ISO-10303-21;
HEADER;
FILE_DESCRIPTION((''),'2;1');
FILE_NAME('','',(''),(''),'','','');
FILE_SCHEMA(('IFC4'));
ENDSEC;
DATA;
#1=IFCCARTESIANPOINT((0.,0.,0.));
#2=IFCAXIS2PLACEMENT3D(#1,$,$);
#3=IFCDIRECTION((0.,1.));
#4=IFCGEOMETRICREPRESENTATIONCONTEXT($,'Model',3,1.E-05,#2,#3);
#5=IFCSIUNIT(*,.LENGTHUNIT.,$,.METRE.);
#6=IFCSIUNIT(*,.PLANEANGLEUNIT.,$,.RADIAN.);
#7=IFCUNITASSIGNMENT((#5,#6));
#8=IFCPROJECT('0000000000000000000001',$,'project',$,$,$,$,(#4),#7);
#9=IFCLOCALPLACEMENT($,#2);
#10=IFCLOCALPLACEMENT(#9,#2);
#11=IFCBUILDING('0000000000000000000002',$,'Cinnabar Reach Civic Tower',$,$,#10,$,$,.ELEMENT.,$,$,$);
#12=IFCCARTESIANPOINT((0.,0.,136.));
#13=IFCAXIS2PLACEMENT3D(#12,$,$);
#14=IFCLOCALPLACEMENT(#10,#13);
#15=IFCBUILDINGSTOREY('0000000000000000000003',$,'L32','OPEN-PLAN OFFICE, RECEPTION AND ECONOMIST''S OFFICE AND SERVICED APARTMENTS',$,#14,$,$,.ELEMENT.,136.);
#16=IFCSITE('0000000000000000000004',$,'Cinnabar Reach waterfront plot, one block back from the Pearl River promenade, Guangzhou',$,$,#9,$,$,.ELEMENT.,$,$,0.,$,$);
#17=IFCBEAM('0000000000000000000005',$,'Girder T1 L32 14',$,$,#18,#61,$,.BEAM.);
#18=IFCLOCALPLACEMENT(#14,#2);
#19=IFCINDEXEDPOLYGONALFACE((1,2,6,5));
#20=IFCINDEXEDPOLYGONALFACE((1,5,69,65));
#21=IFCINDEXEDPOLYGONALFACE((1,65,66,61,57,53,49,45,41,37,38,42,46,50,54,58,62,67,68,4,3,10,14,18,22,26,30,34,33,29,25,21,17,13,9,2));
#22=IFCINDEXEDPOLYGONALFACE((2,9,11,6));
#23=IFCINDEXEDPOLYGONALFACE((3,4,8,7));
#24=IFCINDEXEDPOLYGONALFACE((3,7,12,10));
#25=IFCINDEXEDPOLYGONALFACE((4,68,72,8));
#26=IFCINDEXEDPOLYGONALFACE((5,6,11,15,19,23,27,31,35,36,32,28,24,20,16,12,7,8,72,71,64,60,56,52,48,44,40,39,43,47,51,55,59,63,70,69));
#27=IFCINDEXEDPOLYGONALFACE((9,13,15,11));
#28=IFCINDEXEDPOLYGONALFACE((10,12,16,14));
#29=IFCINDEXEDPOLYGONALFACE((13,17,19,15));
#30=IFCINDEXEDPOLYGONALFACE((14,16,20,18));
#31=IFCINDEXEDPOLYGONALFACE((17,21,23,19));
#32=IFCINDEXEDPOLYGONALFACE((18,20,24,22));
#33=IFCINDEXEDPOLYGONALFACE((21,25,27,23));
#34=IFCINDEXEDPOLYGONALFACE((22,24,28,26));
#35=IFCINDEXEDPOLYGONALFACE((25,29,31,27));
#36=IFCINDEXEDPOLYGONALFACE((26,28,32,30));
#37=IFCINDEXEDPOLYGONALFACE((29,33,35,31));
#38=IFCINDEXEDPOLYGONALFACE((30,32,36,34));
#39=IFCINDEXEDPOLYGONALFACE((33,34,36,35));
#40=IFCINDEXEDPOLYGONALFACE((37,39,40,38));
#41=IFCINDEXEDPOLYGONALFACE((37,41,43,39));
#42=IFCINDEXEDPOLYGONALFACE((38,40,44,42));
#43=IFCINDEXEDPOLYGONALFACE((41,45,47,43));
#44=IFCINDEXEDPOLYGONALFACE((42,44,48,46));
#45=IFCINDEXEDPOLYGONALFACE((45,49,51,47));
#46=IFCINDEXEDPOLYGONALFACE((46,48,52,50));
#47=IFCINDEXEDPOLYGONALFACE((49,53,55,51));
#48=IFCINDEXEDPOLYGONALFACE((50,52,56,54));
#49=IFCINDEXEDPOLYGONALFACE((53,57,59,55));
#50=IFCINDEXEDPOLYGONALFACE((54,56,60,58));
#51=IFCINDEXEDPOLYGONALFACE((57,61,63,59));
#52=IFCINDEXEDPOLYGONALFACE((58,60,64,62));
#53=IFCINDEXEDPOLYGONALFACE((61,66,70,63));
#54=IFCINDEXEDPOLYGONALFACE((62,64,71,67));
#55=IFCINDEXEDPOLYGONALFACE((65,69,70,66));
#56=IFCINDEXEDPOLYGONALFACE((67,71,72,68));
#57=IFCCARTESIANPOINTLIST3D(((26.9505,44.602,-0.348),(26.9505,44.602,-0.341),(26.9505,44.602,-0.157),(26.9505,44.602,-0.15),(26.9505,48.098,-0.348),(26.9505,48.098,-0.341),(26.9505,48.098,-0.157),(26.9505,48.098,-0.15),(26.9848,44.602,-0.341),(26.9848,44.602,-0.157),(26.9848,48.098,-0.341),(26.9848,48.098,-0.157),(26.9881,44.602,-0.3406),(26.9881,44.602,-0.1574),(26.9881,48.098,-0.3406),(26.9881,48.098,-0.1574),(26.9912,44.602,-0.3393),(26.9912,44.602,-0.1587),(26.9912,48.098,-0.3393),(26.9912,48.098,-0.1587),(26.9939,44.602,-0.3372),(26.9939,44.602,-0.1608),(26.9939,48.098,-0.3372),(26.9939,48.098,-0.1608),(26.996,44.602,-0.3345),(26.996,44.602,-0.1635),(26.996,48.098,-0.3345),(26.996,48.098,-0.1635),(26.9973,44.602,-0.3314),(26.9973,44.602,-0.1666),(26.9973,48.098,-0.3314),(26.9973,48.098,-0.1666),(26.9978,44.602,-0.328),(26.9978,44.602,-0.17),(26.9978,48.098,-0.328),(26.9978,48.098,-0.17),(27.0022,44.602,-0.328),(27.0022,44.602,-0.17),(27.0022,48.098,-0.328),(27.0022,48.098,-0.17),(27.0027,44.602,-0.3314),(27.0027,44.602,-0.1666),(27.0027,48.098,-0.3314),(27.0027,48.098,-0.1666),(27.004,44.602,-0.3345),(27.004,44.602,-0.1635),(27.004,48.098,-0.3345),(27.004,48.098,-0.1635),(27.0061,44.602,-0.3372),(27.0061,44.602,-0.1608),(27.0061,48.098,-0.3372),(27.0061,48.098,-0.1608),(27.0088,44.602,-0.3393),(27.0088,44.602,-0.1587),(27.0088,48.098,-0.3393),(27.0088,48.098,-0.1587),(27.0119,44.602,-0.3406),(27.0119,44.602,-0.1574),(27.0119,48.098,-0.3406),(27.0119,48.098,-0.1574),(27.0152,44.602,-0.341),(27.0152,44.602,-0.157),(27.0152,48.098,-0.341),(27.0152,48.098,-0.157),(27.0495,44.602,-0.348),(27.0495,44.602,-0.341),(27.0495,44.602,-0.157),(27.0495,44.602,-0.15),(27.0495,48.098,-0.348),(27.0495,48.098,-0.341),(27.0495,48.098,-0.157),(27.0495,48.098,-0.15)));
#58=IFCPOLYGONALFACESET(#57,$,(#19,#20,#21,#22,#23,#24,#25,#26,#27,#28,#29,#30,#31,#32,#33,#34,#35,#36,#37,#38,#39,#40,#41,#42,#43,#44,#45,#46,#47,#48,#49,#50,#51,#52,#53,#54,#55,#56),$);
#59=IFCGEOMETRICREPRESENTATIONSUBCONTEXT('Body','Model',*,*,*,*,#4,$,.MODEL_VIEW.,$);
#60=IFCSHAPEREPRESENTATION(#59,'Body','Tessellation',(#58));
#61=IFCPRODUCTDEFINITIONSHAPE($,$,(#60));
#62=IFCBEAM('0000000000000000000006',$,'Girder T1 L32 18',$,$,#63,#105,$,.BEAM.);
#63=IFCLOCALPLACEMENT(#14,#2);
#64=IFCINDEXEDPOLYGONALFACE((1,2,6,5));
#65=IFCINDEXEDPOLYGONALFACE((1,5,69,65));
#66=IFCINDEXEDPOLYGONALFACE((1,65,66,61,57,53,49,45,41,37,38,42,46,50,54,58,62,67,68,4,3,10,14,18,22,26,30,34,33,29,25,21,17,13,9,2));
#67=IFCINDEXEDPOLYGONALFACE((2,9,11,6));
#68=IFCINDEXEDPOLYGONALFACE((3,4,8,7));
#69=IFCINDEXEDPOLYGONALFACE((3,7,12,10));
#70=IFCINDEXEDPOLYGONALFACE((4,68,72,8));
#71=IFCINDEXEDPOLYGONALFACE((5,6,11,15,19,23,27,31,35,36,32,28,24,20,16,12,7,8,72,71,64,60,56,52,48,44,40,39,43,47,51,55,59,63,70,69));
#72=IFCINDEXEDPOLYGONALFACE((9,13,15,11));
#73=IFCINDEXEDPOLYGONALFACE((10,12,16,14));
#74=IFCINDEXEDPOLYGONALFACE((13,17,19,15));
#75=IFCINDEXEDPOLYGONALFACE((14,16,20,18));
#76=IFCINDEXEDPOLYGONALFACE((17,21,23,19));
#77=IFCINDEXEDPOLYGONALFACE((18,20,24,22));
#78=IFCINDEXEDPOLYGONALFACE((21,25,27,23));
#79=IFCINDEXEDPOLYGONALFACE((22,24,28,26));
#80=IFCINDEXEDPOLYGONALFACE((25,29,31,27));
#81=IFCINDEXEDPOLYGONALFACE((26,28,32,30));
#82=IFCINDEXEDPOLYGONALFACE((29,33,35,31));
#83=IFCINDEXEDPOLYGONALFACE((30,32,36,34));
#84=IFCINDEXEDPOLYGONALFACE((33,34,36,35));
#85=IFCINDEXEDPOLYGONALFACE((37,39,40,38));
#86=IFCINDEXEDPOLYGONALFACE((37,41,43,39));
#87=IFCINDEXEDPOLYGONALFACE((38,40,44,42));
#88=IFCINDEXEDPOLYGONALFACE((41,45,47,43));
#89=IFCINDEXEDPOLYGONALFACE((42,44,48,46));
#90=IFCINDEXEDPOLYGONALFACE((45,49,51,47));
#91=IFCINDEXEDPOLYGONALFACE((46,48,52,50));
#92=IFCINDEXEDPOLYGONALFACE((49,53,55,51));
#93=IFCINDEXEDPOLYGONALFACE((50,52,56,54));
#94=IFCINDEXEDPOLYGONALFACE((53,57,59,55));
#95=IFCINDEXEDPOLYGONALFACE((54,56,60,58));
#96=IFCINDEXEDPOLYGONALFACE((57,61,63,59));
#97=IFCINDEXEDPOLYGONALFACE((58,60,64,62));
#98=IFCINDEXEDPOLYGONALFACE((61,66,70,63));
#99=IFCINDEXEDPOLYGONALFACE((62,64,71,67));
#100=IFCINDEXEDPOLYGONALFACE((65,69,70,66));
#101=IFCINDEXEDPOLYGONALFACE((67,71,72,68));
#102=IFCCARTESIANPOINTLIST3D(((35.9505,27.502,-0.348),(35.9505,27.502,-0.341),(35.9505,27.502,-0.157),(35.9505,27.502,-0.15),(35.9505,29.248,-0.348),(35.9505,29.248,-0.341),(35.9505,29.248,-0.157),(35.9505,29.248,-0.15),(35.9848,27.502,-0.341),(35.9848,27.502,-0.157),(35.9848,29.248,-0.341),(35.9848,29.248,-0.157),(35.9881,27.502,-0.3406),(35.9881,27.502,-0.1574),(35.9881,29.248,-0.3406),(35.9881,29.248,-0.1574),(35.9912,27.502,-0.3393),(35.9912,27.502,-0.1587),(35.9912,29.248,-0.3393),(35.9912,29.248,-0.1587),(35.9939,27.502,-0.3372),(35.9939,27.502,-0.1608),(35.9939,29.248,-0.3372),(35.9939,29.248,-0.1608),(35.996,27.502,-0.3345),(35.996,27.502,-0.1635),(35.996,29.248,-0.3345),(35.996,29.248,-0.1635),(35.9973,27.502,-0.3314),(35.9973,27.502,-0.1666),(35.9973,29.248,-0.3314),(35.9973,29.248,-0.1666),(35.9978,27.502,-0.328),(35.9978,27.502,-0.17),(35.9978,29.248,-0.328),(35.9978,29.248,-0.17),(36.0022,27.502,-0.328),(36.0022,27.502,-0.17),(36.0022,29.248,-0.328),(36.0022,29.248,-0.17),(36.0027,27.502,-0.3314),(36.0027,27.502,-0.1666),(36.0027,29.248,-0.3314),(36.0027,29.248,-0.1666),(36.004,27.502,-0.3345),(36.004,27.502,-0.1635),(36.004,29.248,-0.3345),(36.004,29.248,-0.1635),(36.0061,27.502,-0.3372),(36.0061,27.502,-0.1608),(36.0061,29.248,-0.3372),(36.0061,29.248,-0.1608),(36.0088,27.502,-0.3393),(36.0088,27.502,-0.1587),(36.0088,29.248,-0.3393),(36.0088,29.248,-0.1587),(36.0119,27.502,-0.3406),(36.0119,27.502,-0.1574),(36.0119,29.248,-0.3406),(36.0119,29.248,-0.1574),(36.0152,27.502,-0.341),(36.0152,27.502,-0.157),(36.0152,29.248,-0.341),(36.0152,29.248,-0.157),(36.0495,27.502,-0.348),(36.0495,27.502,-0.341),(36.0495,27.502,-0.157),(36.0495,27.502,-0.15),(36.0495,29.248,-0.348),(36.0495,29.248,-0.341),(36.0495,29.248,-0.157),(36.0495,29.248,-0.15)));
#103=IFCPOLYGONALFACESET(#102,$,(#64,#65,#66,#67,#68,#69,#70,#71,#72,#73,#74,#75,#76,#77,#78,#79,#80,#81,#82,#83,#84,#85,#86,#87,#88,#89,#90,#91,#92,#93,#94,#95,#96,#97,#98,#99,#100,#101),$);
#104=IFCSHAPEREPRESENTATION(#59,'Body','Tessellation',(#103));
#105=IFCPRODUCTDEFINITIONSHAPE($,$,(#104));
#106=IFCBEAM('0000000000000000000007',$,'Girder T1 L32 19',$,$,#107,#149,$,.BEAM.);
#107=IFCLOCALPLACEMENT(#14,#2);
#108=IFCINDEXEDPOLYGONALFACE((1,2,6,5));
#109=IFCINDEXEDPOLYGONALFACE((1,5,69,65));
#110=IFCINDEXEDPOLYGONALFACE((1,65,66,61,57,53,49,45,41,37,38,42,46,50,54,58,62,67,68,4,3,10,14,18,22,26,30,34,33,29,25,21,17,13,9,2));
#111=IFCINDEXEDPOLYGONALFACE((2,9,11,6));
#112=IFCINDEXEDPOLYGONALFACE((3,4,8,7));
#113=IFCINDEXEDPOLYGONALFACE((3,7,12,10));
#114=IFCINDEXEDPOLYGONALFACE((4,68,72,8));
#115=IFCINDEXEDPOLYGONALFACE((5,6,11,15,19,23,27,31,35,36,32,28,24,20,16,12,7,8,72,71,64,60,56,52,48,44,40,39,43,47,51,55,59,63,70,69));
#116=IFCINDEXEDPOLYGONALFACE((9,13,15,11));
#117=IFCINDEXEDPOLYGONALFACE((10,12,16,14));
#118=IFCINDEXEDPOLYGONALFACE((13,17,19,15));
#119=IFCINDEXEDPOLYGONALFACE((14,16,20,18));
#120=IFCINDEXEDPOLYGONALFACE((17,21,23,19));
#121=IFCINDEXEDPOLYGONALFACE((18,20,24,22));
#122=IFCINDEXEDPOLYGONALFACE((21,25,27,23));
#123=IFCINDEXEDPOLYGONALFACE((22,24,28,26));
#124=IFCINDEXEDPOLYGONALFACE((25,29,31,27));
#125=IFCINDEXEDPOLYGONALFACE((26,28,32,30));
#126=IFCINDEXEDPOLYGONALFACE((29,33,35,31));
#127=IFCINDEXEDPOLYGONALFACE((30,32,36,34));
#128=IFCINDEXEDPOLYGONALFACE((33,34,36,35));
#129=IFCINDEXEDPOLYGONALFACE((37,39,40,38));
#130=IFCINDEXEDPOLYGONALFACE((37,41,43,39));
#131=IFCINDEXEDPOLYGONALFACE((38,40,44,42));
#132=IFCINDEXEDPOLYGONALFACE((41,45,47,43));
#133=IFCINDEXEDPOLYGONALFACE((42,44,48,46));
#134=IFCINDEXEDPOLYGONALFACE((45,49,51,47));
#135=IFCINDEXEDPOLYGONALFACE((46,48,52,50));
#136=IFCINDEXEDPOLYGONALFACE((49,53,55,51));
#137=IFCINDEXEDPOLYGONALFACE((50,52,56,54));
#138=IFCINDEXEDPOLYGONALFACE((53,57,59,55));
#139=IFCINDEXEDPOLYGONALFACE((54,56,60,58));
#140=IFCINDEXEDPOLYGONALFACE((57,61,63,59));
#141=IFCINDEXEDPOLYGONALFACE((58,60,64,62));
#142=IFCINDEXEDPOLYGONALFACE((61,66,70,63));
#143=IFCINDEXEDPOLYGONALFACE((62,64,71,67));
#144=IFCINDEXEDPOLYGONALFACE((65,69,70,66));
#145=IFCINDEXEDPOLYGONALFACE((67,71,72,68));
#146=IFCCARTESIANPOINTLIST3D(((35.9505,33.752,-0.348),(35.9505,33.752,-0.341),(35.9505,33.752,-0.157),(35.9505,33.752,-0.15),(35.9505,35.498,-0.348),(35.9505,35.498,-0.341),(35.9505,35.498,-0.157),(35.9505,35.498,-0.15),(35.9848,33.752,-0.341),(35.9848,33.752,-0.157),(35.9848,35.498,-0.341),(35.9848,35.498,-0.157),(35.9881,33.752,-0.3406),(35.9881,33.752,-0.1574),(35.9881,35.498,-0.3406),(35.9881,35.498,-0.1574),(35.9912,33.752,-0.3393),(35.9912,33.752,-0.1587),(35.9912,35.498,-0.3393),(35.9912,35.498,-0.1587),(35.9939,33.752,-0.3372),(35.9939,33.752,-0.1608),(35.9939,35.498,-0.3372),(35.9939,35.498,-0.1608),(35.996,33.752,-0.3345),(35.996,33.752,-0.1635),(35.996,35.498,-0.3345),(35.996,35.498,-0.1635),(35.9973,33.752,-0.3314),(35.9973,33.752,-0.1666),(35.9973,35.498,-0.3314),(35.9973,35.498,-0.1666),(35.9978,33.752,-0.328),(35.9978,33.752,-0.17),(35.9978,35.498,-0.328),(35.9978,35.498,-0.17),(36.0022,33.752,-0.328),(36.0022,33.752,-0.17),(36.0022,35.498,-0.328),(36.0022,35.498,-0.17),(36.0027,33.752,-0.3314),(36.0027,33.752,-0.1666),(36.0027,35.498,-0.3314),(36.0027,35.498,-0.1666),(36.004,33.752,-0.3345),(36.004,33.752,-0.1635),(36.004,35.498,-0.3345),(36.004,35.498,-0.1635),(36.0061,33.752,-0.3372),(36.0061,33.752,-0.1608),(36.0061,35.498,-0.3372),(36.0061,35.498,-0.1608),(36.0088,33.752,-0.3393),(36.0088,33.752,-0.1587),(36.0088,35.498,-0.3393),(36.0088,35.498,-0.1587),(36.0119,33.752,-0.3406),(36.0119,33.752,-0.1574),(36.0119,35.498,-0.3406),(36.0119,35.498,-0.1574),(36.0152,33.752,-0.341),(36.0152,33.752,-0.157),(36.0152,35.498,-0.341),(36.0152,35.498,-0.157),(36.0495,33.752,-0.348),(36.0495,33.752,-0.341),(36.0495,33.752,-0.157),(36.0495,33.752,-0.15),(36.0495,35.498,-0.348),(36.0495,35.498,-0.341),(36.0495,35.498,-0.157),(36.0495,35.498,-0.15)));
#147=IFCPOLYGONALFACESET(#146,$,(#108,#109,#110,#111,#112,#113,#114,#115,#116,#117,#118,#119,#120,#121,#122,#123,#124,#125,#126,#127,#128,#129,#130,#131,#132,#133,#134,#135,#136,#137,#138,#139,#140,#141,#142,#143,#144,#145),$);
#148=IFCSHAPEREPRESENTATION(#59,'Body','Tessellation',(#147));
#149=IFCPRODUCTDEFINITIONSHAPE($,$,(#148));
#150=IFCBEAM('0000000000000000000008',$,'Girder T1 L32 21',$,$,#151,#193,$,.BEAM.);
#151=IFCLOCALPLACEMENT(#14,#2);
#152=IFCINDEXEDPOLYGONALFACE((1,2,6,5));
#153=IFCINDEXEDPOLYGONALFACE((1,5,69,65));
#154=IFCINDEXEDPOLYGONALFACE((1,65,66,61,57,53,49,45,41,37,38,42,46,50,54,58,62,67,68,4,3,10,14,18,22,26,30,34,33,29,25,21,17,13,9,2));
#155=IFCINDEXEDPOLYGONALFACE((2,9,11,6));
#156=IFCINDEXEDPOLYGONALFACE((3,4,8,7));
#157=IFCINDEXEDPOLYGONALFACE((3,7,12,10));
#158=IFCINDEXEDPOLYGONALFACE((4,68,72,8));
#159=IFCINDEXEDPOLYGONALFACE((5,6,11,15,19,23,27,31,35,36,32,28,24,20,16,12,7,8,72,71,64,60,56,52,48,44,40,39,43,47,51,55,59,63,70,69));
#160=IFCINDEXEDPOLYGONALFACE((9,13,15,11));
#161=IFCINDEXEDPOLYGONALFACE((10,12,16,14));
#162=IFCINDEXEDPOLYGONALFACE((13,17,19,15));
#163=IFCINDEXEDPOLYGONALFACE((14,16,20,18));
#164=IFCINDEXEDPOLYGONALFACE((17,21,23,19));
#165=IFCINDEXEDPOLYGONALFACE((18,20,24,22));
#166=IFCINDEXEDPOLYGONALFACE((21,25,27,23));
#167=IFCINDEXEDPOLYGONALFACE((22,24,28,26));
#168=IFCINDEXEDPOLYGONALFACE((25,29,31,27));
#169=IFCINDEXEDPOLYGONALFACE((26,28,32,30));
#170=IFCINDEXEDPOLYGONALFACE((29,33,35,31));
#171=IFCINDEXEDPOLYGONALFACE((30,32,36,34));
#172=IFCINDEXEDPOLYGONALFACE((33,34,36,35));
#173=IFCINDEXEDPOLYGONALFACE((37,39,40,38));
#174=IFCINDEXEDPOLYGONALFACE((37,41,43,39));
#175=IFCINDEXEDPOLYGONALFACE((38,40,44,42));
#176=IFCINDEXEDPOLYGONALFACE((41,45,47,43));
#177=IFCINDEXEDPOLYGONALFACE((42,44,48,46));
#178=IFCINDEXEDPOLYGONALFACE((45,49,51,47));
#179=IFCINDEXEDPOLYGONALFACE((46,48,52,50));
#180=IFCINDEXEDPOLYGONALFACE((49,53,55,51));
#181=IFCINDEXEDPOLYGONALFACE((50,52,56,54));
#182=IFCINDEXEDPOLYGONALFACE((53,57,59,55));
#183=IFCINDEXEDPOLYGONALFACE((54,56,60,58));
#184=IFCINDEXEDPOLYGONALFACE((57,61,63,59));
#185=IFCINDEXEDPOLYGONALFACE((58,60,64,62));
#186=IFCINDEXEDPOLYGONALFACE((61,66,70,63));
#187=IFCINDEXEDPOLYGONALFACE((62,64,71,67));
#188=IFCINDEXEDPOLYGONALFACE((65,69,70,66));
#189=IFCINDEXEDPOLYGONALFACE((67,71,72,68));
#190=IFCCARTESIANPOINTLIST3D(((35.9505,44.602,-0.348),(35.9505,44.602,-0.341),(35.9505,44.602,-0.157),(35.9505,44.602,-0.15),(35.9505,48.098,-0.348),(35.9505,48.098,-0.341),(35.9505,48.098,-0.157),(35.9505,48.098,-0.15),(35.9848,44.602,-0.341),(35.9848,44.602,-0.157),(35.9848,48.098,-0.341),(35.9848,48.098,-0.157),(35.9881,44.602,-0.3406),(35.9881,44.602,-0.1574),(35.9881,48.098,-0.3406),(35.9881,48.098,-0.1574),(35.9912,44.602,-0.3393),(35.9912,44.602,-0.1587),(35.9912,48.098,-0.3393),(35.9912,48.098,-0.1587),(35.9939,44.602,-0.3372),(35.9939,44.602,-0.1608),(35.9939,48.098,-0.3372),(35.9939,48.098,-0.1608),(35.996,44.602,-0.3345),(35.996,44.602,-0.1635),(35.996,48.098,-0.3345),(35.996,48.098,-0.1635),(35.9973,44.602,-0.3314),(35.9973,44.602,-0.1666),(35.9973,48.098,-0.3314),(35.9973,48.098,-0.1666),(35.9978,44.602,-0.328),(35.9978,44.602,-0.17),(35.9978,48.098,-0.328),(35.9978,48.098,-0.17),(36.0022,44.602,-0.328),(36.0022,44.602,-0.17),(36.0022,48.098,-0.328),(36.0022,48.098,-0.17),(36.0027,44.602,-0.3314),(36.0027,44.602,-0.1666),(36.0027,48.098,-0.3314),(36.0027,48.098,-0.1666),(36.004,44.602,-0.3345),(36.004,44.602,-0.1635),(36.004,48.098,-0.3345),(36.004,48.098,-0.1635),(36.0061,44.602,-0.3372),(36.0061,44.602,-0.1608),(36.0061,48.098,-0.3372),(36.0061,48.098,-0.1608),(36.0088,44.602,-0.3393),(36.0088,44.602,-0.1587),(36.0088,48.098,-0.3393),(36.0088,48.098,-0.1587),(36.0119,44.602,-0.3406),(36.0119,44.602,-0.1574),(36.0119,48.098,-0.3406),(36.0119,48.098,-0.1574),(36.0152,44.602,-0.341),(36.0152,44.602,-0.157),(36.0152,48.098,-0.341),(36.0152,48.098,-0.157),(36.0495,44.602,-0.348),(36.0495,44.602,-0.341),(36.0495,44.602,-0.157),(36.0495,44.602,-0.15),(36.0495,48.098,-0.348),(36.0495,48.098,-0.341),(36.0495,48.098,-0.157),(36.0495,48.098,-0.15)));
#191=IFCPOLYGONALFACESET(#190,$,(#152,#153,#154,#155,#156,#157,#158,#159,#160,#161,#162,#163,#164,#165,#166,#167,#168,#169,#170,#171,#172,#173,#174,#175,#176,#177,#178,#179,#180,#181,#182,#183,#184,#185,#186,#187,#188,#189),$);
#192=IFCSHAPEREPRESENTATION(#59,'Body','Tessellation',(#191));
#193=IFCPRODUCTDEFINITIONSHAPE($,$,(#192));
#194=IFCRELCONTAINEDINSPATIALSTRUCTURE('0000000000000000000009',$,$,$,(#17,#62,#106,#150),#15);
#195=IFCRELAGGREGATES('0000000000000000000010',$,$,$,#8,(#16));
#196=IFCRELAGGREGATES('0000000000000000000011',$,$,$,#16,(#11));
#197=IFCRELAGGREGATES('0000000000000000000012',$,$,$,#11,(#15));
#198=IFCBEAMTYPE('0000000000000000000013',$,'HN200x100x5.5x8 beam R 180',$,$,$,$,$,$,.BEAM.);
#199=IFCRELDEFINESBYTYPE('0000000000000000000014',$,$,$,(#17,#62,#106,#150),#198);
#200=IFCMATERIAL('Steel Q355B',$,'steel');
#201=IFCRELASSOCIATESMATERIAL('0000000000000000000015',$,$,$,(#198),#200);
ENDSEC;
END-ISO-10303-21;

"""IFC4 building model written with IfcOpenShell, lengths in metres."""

from ifc_helpers import new_model, si_unit, direction, frame, origin, origin_2d, place, context, subcontext, project, spatial, i_section, extrude, material, material_profile, profile_set, type_object, element, save


model = new_model("IFC4")

# Units and contexts
model_context = context("Model", 3, precision=1e-05, world=origin(), true_north=direction((0.0, 1.0)))
body_context = subcontext(model_context, "Body", "Model", "MODEL_VIEW")
ifc_project = project(units=[si_unit("LENGTHUNIT", "METRE"), si_unit("PLANEANGLEUNIT", "RADIAN")], contexts=[model_context])

# Site, building, storey
site_placement = place(None, origin())
site = spatial("IfcSite", under=ifc_project, at=site_placement, Name="Cinnabar Reach waterfront plot, one block back from the Pearl River promenade, Guangzhou", CompositionType="ELEMENT", RefElevation=0.0)
building_placement = place(site_placement, origin())
building = spatial("IfcBuilding", under=site, at=building_placement, Name="Cinnabar Reach Civic Tower", CompositionType="ELEMENT")
storey_placement = place(building_placement, frame((0.0, 0.0, 136.0)))
storey = spatial("IfcBuildingStorey", under=building, at=storey_placement, Name="L32", Description="OPEN-PLAN OFFICE, RECEPTION AND ECONOMIST'S OFFICE AND SERVICED APARTMENTS", CompositionType="ELEMENT", Elevation=136.0)

# Beams
ifc_material_1 = material(Name="Steel Q355B", Category="steel")
ifc_material_profile_1 = material_profile(ifc_material_1, i_section(OverallWidth=0.099, OverallDepth=0.198, WebThickness=0.0045, FlangeThickness=0.007, FilletRadius=0.013, at=origin_2d()), Name="HN200x100x5.5x8")
ifc_profile_set_1 = profile_set([ifc_material_profile_1], Name="Steel Q355B")
beam_type_1 = type_object("IfcBeamType", Name="HN200x100x5.5x8 beam R 180", PredefinedType="BEAM", material=ifc_profile_set_1)
beam_1_placement = place(storey_placement, frame((27.0, 44.602, -0.249), z_axis=(0.0, 1.0, 0.0), x_axis=(-1.0, 0.0, 0.0)))
element("IfcBeam", 1, at=beam_1_placement, inside=storey, type_object=beam_type_1, Name="Girder T1 L32 14", PredefinedType="BEAM", context=body_context, shape_type="SweptSolid", body=[
    extrude(i_section(OverallWidth=0.099, OverallDepth=0.198, WebThickness=0.0045, FlangeThickness=0.007, FilletRadius=0.013, at=origin_2d()), origin(), (0.0, 0.0, 1.0), 3.496),
])
for number, where, z_axis, x_axis, name in (
    (2, (36.0, 27.502, -0.249), (0.0, 1.0, 0.0), (-1.0, 0.0, 0.0), "Girder T1 L32 18"),
    (3, (36.0, 33.752, -0.249), (0.0, 1.0, 0.0), (-1.0, 0.0, 0.0), "Girder T1 L32 19"),
):
    element("IfcBeam", number, at=place(storey_placement, frame(where, z_axis=z_axis, x_axis=x_axis)), inside=storey, type_object=beam_type_1, Name=name, PredefinedType="BEAM", context=body_context, shape_type="SweptSolid", body=[
        extrude(i_section(OverallWidth=0.099, OverallDepth=0.198, WebThickness=0.0045, FlangeThickness=0.007, FilletRadius=0.013, at=origin_2d()), origin(), (0.0, 0.0, 1.0), 1.746),
    ])
beam_2_placement = place(storey_placement, frame((36.0, 44.602, -0.249), z_axis=(0.0, 1.0, 0.0), x_axis=(-1.0, 0.0, 0.0)))
element("IfcBeam", 4, at=beam_2_placement, inside=storey, type_object=beam_type_1, Name="Girder T1 L32 21", PredefinedType="BEAM", context=body_context, shape_type="SweptSolid", body=[
    extrude(i_section(OverallWidth=0.099, OverallDepth=0.198, WebThickness=0.0045, FlangeThickness=0.007, FilletRadius=0.013, at=origin_2d()), origin(), (0.0, 0.0, 1.0), 3.496),
])

save(model, "model.ifc")
